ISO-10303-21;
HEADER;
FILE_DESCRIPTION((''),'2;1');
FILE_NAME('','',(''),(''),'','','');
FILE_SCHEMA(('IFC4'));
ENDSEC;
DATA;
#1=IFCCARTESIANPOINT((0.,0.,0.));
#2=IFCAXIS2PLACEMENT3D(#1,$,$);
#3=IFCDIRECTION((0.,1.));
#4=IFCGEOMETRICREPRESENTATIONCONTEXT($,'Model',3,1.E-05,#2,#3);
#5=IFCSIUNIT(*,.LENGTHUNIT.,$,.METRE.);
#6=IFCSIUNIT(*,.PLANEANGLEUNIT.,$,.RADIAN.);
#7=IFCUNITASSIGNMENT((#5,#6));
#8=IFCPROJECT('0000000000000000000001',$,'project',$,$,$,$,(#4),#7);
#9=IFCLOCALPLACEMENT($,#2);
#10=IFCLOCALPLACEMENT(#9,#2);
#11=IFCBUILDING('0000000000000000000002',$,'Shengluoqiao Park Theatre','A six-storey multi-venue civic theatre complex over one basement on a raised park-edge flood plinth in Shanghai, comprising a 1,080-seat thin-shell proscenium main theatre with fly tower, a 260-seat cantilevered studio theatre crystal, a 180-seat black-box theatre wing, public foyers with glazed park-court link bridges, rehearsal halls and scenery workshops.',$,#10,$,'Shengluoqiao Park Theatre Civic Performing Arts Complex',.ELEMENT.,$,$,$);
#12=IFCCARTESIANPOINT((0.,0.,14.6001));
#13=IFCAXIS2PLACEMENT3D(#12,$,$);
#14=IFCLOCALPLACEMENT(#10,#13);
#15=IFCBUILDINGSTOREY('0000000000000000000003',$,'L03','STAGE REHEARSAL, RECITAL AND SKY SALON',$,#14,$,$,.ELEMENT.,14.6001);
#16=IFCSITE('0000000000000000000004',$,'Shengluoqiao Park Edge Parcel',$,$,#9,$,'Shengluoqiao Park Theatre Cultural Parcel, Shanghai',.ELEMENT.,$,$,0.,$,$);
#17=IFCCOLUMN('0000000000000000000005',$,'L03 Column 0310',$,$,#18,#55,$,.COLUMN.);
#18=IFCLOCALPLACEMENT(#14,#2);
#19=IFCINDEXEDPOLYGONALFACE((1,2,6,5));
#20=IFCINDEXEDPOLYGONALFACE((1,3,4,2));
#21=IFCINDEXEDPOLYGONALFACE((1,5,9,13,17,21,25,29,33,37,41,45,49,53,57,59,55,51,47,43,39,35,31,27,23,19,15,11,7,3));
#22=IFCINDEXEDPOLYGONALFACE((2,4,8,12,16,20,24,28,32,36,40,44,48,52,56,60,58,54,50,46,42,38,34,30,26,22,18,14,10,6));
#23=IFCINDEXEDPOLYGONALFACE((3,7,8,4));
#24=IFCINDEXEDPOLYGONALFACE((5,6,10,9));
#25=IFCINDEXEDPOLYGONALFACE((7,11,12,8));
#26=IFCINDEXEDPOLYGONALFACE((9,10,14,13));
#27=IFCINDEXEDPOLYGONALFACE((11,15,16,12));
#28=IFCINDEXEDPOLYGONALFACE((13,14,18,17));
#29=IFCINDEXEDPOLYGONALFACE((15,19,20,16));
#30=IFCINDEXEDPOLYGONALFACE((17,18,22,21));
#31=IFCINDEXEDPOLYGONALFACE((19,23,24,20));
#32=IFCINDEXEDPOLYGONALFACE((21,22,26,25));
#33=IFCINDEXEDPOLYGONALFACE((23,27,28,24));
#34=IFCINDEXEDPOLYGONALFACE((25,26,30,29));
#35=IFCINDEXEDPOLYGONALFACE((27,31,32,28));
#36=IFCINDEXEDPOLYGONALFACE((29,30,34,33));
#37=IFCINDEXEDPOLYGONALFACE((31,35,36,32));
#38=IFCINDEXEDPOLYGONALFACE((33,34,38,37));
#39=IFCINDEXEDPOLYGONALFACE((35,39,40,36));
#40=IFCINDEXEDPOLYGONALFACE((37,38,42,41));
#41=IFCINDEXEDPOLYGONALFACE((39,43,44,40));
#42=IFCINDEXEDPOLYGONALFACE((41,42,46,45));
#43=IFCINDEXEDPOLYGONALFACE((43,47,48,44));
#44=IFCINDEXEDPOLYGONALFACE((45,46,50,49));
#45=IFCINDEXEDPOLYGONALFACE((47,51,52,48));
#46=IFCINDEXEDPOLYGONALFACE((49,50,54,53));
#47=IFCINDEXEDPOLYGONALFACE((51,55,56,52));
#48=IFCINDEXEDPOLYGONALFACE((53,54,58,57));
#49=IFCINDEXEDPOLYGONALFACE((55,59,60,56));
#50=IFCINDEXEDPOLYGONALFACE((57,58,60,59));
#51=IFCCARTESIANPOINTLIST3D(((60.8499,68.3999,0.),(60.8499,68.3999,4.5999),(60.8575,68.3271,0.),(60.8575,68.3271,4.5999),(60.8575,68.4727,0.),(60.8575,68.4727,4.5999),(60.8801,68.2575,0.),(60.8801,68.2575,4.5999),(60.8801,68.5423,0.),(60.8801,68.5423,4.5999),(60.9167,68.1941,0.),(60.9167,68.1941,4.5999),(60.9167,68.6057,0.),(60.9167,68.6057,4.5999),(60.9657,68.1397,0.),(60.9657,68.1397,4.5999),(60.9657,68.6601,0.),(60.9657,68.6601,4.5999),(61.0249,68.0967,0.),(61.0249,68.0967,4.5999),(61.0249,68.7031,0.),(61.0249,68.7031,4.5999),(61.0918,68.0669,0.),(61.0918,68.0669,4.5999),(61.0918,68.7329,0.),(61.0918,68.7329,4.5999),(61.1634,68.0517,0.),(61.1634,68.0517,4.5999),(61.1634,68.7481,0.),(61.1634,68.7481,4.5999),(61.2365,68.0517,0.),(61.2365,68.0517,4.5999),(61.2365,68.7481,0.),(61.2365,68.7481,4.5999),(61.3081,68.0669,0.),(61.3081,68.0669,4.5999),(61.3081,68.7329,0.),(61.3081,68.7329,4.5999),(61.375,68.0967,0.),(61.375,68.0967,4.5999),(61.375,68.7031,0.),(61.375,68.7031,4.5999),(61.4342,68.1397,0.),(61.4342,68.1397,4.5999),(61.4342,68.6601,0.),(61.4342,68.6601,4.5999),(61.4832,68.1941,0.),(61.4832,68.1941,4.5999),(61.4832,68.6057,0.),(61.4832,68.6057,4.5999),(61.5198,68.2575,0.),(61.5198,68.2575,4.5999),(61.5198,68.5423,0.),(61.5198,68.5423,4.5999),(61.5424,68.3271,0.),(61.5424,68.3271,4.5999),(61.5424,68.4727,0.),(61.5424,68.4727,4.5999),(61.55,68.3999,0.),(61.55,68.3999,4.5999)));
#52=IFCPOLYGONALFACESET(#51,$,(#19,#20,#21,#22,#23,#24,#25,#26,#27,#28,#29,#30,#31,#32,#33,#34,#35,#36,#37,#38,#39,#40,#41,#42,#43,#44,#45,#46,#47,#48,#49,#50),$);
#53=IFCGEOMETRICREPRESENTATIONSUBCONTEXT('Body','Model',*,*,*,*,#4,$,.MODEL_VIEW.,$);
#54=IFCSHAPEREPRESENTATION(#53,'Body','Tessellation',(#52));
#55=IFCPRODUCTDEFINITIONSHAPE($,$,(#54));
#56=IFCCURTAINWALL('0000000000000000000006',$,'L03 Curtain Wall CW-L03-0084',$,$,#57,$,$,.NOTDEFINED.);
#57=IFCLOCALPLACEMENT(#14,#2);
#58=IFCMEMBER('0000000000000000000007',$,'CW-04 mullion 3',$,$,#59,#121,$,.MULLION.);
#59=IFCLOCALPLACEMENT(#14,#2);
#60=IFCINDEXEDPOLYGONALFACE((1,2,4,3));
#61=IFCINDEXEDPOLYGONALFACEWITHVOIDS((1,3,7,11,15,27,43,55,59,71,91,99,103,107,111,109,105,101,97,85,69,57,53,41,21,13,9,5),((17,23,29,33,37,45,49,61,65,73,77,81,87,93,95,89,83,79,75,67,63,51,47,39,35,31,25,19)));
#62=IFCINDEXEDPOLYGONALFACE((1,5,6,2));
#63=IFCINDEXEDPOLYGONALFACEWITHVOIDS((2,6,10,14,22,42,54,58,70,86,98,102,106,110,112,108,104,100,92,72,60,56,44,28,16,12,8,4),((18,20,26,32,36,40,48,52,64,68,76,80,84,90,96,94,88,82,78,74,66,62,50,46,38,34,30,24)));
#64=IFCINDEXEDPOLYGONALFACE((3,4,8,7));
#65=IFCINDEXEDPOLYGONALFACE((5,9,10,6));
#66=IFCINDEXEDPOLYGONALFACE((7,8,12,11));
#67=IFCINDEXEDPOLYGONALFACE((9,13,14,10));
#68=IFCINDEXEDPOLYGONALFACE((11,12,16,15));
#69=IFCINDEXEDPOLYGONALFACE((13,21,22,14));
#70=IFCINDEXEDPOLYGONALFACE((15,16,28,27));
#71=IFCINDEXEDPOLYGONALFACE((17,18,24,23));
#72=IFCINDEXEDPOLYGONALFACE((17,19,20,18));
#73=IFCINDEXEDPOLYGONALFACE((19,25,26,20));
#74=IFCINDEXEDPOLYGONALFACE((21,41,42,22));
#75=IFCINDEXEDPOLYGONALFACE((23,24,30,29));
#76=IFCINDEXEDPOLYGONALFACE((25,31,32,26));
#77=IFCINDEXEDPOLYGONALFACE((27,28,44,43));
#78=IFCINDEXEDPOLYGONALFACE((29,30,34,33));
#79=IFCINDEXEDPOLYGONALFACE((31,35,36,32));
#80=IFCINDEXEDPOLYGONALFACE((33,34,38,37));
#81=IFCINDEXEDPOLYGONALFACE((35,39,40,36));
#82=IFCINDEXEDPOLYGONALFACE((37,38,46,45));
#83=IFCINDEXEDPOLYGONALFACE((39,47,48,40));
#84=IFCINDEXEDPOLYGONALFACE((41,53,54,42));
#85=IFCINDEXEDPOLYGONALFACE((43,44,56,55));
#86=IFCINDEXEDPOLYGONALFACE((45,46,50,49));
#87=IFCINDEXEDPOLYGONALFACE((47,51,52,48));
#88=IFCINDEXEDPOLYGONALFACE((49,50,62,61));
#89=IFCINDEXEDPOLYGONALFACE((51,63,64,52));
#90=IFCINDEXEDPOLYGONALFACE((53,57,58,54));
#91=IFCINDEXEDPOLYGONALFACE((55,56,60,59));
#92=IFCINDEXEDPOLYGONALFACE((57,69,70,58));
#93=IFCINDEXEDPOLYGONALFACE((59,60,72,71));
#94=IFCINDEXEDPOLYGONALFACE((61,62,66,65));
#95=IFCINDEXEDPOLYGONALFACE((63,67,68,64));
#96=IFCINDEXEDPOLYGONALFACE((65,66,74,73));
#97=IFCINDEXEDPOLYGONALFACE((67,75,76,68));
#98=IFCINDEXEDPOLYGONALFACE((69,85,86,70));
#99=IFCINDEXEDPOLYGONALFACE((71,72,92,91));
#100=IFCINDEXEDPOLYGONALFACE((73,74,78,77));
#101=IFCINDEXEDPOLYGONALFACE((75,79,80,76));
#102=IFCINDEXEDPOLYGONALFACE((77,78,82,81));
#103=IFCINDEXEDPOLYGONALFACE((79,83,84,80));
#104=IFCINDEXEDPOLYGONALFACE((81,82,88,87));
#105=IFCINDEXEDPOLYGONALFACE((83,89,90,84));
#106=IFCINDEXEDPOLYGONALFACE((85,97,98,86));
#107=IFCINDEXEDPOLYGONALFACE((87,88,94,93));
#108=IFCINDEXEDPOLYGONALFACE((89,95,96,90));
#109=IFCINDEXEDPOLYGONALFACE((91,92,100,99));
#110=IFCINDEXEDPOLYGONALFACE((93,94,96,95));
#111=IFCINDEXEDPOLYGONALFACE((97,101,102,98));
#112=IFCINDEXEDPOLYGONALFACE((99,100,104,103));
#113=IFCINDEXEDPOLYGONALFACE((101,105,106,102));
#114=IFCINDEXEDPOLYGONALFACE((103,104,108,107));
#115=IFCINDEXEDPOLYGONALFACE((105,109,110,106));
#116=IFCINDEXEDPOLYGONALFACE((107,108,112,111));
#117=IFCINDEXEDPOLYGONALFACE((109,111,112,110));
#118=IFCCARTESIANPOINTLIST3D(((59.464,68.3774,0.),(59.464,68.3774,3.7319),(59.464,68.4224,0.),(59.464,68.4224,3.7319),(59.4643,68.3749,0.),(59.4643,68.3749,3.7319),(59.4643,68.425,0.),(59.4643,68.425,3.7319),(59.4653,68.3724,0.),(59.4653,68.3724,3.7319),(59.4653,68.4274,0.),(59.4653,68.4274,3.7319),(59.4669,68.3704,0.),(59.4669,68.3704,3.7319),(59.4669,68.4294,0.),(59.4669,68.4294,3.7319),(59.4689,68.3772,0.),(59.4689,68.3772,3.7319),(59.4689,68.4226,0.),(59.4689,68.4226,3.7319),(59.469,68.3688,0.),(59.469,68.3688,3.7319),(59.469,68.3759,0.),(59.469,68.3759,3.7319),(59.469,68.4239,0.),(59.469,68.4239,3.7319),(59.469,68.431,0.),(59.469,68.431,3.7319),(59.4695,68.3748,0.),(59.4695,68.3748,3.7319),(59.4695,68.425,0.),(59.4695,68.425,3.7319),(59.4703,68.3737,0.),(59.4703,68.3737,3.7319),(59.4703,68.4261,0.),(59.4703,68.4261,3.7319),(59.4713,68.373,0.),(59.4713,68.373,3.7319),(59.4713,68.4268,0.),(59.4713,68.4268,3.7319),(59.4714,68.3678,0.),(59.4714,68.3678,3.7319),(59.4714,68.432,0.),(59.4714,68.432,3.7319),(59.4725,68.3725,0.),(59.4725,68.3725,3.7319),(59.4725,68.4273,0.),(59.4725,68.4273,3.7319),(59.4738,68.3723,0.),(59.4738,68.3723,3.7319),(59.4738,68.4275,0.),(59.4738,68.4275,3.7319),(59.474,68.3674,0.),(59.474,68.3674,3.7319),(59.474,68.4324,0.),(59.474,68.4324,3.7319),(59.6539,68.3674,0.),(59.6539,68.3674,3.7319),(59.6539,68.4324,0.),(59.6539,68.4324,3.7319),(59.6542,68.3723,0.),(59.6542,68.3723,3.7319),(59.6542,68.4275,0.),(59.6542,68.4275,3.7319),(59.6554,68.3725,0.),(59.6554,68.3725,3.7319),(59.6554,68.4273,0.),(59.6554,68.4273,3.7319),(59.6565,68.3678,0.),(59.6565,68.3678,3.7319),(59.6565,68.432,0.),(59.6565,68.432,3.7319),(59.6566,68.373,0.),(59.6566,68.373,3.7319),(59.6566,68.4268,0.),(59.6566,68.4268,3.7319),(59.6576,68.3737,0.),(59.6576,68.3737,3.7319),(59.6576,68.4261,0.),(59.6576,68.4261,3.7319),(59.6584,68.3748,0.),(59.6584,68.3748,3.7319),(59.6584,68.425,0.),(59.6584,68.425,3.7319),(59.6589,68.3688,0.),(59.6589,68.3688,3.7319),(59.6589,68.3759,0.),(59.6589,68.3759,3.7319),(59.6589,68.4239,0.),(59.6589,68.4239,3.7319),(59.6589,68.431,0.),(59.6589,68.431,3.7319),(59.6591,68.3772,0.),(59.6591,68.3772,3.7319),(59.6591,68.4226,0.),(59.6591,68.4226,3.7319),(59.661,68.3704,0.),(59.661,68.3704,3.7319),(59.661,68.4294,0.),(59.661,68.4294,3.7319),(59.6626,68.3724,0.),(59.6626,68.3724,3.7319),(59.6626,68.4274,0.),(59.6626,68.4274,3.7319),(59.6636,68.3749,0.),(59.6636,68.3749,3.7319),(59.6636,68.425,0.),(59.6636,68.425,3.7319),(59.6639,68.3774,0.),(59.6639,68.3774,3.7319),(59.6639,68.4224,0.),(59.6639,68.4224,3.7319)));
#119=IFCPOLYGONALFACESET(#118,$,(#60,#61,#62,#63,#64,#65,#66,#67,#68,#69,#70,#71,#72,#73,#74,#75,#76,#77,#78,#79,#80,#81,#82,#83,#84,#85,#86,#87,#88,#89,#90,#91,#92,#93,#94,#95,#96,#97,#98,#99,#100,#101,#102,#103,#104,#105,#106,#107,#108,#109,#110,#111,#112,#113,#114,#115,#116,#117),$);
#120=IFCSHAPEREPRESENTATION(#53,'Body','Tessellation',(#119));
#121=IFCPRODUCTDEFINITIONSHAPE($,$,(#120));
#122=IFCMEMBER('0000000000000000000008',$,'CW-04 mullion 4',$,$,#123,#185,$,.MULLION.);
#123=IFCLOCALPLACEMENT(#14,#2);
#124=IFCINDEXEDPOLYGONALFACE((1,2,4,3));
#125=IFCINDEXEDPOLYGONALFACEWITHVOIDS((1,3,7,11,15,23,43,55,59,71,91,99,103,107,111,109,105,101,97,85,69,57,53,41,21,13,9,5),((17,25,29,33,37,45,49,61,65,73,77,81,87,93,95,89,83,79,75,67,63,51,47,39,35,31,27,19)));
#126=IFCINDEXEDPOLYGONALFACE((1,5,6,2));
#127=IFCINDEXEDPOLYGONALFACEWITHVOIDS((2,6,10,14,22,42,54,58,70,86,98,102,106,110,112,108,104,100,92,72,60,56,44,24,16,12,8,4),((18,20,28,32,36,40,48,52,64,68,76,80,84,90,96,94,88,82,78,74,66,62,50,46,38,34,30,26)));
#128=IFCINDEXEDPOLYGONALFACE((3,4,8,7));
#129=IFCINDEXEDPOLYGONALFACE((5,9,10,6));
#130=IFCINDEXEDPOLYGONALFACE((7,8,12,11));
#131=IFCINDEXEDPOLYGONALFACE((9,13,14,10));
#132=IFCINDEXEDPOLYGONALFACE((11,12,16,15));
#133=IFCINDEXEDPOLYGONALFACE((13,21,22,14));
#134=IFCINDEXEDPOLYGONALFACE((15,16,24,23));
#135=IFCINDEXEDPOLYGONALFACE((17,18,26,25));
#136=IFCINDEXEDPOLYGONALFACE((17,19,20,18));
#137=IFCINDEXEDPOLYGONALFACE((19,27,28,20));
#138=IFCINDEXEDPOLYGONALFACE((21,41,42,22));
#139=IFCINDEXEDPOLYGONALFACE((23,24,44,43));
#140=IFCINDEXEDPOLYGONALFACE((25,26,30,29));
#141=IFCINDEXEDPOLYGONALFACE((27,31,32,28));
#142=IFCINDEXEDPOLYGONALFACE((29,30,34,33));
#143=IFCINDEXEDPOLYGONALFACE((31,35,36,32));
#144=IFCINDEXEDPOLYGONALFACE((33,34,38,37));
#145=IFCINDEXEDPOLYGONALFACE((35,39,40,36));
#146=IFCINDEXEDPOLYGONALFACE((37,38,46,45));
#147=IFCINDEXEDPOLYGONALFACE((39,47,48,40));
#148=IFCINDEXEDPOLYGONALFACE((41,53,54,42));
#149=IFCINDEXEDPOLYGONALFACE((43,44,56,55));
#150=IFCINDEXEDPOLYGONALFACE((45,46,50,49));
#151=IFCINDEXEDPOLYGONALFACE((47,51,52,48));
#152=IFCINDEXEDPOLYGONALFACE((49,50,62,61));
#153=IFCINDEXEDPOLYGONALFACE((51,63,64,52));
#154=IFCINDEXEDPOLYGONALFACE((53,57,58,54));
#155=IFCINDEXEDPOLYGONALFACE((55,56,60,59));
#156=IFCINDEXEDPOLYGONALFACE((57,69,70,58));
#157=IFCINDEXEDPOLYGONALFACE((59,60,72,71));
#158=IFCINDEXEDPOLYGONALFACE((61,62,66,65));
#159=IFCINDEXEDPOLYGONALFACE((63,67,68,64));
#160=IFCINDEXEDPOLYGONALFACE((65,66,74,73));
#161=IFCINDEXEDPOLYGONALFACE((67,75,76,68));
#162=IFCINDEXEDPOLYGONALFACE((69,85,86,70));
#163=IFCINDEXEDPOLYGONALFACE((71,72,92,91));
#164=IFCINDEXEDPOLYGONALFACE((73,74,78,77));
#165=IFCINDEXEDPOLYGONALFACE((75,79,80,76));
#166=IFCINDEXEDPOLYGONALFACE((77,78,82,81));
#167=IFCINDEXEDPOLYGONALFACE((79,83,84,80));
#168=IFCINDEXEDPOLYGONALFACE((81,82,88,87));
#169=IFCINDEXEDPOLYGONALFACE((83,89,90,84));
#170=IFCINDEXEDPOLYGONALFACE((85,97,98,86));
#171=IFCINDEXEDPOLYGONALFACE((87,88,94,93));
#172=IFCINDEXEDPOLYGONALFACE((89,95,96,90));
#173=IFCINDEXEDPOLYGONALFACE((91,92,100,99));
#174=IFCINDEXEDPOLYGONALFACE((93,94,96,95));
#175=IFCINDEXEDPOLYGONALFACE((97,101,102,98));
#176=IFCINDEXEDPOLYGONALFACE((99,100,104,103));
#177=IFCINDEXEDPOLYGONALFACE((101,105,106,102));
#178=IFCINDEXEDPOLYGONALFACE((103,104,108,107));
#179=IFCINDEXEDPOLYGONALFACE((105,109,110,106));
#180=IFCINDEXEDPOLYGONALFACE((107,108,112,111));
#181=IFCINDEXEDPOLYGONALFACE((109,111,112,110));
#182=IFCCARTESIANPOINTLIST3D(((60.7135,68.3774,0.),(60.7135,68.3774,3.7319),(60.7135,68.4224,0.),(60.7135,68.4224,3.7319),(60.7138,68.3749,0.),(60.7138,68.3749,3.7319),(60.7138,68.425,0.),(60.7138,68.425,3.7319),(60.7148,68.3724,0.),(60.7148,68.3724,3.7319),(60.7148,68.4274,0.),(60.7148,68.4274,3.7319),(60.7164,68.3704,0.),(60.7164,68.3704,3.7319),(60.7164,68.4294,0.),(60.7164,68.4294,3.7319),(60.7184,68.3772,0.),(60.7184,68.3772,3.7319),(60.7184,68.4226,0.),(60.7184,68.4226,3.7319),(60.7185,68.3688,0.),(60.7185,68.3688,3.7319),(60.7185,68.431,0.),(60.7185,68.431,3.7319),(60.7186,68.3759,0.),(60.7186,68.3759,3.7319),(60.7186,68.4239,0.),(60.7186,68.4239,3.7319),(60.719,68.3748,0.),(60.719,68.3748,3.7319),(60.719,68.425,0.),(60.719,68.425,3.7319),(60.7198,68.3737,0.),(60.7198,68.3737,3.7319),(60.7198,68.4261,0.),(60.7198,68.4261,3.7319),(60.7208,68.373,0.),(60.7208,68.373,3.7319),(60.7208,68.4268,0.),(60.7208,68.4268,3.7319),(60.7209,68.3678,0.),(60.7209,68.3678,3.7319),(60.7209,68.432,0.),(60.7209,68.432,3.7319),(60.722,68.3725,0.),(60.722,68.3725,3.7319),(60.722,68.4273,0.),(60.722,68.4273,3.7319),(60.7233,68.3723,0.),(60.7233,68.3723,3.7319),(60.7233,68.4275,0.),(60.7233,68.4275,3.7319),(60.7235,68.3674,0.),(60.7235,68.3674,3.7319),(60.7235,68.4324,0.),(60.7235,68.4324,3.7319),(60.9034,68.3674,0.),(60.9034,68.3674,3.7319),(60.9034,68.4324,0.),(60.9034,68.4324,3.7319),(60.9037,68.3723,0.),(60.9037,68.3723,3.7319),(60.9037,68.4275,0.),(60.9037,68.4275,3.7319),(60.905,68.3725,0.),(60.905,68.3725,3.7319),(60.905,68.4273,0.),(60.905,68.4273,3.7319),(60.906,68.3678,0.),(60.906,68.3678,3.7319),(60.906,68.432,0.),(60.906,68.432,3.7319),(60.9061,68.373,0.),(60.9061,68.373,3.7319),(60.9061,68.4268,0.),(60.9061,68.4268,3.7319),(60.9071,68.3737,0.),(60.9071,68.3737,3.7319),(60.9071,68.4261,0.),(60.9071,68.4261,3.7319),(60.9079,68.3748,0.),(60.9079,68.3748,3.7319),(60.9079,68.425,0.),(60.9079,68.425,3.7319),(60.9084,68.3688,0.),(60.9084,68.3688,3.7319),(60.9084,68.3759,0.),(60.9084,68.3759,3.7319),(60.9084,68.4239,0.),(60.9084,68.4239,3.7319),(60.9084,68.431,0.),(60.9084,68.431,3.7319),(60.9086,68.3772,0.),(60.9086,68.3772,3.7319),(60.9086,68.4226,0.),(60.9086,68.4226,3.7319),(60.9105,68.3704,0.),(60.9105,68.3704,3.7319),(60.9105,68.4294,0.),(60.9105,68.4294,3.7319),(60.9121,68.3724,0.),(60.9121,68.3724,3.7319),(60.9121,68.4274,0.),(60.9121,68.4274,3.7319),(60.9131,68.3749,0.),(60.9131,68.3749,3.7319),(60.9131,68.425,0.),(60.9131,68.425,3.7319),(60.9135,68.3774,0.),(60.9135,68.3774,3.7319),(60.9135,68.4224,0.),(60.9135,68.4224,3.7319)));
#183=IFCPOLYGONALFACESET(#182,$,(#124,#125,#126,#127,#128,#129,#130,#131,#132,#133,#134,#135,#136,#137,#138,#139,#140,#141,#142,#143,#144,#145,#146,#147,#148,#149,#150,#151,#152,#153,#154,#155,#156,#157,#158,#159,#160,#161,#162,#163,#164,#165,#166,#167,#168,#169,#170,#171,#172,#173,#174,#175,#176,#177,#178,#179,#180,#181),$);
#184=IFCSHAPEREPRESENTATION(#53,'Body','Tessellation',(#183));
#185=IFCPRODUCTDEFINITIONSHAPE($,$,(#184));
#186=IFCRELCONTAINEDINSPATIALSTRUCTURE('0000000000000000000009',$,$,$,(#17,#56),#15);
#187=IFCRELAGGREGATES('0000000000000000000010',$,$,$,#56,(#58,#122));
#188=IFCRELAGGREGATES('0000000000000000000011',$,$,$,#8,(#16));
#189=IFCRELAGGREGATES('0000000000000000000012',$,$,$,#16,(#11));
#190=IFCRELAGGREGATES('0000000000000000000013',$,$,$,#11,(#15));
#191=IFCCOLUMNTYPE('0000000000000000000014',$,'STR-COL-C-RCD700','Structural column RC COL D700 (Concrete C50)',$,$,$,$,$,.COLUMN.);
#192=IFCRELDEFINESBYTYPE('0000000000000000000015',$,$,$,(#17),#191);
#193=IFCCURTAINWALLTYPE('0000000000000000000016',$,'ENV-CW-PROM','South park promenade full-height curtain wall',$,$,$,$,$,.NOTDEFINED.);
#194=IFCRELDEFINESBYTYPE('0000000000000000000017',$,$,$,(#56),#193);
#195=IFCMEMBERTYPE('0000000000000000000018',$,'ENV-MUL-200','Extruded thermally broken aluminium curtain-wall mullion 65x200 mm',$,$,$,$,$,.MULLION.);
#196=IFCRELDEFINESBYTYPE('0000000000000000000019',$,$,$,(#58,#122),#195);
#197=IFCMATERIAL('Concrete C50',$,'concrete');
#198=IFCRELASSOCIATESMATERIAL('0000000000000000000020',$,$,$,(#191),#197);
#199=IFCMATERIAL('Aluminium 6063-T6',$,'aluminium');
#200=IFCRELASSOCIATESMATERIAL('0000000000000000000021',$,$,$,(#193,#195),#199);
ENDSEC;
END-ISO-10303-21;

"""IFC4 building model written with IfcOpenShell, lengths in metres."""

from ifc_helpers import new_model, si_unit, direction, frame, origin, origin_2d, place, context, subcontext, project, spatial, hollow_rectangle, circle, extrude, material, material_profile, profile_set, type_object, element, aggregate, save


model = new_model("IFC4")

# Units and contexts
model_context = context("Model", 3, precision=1e-05, world=origin(), true_north=direction((0.0, 1.0)))
body_context = subcontext(model_context, "Body", "Model", "MODEL_VIEW")
ifc_project = project(units=[si_unit("LENGTHUNIT", "METRE"), si_unit("PLANEANGLEUNIT", "RADIAN")], contexts=[model_context])

# Site, building, storey
site_placement = place(None, origin())
site = spatial("IfcSite", under=ifc_project, at=site_placement, Name="Shengluoqiao Park Edge Parcel", LongName="Shengluoqiao Park Theatre Cultural Parcel, Shanghai", CompositionType="ELEMENT", RefElevation=0.0)
building_placement = place(site_placement, origin())
building = spatial("IfcBuilding", under=site, at=building_placement, Name="Shengluoqiao Park Theatre", Description="A six-storey multi-venue civic theatre complex over one basement on a raised park-edge flood plinth in Shanghai, comprising a 1,080-seat thin-shell proscenium main theatre with fly tower, a 260-seat cantilevered studio theatre crystal, a 180-seat black-box theatre wing, public foyers with glazed park-court link bridges, rehearsal halls and scenery workshops.", LongName="Shengluoqiao Park Theatre Civic Performing Arts Complex", CompositionType="ELEMENT")
storey_placement = place(building_placement, frame((0.0, 0.0, 14.6001)))
storey = spatial("IfcBuildingStorey", under=building, at=storey_placement, Name="L03", Description="STAGE REHEARSAL, RECITAL AND SKY SALON", CompositionType="ELEMENT", Elevation=14.6001)

# Column
ifc_material_1 = material(Name="Concrete C50", Category="concrete")
ifc_material_profile_1 = material_profile(ifc_material_1, circle(Radius=0.3501, at=origin_2d()), Name="RC COL D700")
ifc_profile_set_1 = profile_set([ifc_material_profile_1], Name="Concrete C50")
column_type = type_object("IfcColumnType", Name="STR-COL-C-RCD700", Description="Structural column RC COL D700 (Concrete C50)", PredefinedType="COLUMN", material=ifc_profile_set_1)
column_placement = place(storey_placement, frame((61.2, 68.3999, 0.0), z_axis=(0.0, 0.0, 1.0), x_axis=(1.0, 0.0, 0.0)))
element("IfcColumn", 1, at=column_placement, inside=storey, type_object=column_type, Name="L03 Column 0310", PredefinedType="COLUMN", context=body_context, shape_type="SweptSolid", body=[
    extrude(circle(Radius=0.3501, at=origin_2d()), origin(), (0.0, 0.0, 1.0), 4.5999),
])

# Curtain wall, members
ifc_material_2 = material(Name="Aluminium 6063-T6", Category="aluminium")
curtain_wall_type = type_object("IfcCurtainWallType", Name="ENV-CW-PROM", Description="South park promenade full-height curtain wall", PredefinedType="NOTDEFINED", material=ifc_material_2)
curtain_wall_1_placement = place(storey_placement, origin())
curtain_wall_1 = element("IfcCurtainWall", 2, at=curtain_wall_1_placement, inside=storey, type_object=curtain_wall_type, Name="L03 Curtain Wall CW-L03-0084", PredefinedType="NOTDEFINED")
ifc_material_profile_2 = material_profile(ifc_material_2, hollow_rectangle(XDim=0.0649, YDim=0.2, WallThickness=0.0049, InnerFilletRadius=0.0049, OuterFilletRadius=0.01, at=origin_2d()), Name="ALU MULLION 200x65x5")
ifc_profile_set_2 = profile_set([ifc_material_profile_2], Name="Aluminium 6063-T6")
member_type_1 = type_object("IfcMemberType", Name="ENV-MUL-200", Description="Extruded thermally broken aluminium curtain-wall mullion 65x200 mm", PredefinedType="MULLION", material=ifc_profile_set_2)
member_1_placement = place(storey_placement, frame((59.564, 68.3999, 0.0), z_axis=(0.0, 0.0, 1.0), x_axis=(0.0, 1.0, 0.0)))
member_1 = element("IfcMember", 3, at=member_1_placement, type_object=member_type_1, Name="CW-04 mullion 3", PredefinedType="MULLION", context=body_context, shape_type="SweptSolid", body=[
    extrude(hollow_rectangle(XDim=0.0649, YDim=0.2, WallThickness=0.0049, InnerFilletRadius=0.0049, OuterFilletRadius=0.01, at=origin_2d()), origin(), (0.0, 0.0, 1.0), 3.7319),
])
member_2_placement = place(storey_placement, frame((60.8135, 68.3999, 0.0), z_axis=(0.0, 0.0, 1.0), x_axis=(0.0, 1.0, 0.0)))
member_2 = element("IfcMember", 4, at=member_2_placement, type_object=member_type_1, Name="CW-04 mullion 4", PredefinedType="MULLION", context=body_context, shape_type="SweptSolid", body=[
    extrude(hollow_rectangle(XDim=0.0649, YDim=0.2, WallThickness=0.0049, InnerFilletRadius=0.0049, OuterFilletRadius=0.01, at=origin_2d()), origin(), (0.0, 0.0, 1.0), 3.7319),
])

aggregate(curtain_wall_1, [member_1, member_2])

save(model, "model.ifc")
